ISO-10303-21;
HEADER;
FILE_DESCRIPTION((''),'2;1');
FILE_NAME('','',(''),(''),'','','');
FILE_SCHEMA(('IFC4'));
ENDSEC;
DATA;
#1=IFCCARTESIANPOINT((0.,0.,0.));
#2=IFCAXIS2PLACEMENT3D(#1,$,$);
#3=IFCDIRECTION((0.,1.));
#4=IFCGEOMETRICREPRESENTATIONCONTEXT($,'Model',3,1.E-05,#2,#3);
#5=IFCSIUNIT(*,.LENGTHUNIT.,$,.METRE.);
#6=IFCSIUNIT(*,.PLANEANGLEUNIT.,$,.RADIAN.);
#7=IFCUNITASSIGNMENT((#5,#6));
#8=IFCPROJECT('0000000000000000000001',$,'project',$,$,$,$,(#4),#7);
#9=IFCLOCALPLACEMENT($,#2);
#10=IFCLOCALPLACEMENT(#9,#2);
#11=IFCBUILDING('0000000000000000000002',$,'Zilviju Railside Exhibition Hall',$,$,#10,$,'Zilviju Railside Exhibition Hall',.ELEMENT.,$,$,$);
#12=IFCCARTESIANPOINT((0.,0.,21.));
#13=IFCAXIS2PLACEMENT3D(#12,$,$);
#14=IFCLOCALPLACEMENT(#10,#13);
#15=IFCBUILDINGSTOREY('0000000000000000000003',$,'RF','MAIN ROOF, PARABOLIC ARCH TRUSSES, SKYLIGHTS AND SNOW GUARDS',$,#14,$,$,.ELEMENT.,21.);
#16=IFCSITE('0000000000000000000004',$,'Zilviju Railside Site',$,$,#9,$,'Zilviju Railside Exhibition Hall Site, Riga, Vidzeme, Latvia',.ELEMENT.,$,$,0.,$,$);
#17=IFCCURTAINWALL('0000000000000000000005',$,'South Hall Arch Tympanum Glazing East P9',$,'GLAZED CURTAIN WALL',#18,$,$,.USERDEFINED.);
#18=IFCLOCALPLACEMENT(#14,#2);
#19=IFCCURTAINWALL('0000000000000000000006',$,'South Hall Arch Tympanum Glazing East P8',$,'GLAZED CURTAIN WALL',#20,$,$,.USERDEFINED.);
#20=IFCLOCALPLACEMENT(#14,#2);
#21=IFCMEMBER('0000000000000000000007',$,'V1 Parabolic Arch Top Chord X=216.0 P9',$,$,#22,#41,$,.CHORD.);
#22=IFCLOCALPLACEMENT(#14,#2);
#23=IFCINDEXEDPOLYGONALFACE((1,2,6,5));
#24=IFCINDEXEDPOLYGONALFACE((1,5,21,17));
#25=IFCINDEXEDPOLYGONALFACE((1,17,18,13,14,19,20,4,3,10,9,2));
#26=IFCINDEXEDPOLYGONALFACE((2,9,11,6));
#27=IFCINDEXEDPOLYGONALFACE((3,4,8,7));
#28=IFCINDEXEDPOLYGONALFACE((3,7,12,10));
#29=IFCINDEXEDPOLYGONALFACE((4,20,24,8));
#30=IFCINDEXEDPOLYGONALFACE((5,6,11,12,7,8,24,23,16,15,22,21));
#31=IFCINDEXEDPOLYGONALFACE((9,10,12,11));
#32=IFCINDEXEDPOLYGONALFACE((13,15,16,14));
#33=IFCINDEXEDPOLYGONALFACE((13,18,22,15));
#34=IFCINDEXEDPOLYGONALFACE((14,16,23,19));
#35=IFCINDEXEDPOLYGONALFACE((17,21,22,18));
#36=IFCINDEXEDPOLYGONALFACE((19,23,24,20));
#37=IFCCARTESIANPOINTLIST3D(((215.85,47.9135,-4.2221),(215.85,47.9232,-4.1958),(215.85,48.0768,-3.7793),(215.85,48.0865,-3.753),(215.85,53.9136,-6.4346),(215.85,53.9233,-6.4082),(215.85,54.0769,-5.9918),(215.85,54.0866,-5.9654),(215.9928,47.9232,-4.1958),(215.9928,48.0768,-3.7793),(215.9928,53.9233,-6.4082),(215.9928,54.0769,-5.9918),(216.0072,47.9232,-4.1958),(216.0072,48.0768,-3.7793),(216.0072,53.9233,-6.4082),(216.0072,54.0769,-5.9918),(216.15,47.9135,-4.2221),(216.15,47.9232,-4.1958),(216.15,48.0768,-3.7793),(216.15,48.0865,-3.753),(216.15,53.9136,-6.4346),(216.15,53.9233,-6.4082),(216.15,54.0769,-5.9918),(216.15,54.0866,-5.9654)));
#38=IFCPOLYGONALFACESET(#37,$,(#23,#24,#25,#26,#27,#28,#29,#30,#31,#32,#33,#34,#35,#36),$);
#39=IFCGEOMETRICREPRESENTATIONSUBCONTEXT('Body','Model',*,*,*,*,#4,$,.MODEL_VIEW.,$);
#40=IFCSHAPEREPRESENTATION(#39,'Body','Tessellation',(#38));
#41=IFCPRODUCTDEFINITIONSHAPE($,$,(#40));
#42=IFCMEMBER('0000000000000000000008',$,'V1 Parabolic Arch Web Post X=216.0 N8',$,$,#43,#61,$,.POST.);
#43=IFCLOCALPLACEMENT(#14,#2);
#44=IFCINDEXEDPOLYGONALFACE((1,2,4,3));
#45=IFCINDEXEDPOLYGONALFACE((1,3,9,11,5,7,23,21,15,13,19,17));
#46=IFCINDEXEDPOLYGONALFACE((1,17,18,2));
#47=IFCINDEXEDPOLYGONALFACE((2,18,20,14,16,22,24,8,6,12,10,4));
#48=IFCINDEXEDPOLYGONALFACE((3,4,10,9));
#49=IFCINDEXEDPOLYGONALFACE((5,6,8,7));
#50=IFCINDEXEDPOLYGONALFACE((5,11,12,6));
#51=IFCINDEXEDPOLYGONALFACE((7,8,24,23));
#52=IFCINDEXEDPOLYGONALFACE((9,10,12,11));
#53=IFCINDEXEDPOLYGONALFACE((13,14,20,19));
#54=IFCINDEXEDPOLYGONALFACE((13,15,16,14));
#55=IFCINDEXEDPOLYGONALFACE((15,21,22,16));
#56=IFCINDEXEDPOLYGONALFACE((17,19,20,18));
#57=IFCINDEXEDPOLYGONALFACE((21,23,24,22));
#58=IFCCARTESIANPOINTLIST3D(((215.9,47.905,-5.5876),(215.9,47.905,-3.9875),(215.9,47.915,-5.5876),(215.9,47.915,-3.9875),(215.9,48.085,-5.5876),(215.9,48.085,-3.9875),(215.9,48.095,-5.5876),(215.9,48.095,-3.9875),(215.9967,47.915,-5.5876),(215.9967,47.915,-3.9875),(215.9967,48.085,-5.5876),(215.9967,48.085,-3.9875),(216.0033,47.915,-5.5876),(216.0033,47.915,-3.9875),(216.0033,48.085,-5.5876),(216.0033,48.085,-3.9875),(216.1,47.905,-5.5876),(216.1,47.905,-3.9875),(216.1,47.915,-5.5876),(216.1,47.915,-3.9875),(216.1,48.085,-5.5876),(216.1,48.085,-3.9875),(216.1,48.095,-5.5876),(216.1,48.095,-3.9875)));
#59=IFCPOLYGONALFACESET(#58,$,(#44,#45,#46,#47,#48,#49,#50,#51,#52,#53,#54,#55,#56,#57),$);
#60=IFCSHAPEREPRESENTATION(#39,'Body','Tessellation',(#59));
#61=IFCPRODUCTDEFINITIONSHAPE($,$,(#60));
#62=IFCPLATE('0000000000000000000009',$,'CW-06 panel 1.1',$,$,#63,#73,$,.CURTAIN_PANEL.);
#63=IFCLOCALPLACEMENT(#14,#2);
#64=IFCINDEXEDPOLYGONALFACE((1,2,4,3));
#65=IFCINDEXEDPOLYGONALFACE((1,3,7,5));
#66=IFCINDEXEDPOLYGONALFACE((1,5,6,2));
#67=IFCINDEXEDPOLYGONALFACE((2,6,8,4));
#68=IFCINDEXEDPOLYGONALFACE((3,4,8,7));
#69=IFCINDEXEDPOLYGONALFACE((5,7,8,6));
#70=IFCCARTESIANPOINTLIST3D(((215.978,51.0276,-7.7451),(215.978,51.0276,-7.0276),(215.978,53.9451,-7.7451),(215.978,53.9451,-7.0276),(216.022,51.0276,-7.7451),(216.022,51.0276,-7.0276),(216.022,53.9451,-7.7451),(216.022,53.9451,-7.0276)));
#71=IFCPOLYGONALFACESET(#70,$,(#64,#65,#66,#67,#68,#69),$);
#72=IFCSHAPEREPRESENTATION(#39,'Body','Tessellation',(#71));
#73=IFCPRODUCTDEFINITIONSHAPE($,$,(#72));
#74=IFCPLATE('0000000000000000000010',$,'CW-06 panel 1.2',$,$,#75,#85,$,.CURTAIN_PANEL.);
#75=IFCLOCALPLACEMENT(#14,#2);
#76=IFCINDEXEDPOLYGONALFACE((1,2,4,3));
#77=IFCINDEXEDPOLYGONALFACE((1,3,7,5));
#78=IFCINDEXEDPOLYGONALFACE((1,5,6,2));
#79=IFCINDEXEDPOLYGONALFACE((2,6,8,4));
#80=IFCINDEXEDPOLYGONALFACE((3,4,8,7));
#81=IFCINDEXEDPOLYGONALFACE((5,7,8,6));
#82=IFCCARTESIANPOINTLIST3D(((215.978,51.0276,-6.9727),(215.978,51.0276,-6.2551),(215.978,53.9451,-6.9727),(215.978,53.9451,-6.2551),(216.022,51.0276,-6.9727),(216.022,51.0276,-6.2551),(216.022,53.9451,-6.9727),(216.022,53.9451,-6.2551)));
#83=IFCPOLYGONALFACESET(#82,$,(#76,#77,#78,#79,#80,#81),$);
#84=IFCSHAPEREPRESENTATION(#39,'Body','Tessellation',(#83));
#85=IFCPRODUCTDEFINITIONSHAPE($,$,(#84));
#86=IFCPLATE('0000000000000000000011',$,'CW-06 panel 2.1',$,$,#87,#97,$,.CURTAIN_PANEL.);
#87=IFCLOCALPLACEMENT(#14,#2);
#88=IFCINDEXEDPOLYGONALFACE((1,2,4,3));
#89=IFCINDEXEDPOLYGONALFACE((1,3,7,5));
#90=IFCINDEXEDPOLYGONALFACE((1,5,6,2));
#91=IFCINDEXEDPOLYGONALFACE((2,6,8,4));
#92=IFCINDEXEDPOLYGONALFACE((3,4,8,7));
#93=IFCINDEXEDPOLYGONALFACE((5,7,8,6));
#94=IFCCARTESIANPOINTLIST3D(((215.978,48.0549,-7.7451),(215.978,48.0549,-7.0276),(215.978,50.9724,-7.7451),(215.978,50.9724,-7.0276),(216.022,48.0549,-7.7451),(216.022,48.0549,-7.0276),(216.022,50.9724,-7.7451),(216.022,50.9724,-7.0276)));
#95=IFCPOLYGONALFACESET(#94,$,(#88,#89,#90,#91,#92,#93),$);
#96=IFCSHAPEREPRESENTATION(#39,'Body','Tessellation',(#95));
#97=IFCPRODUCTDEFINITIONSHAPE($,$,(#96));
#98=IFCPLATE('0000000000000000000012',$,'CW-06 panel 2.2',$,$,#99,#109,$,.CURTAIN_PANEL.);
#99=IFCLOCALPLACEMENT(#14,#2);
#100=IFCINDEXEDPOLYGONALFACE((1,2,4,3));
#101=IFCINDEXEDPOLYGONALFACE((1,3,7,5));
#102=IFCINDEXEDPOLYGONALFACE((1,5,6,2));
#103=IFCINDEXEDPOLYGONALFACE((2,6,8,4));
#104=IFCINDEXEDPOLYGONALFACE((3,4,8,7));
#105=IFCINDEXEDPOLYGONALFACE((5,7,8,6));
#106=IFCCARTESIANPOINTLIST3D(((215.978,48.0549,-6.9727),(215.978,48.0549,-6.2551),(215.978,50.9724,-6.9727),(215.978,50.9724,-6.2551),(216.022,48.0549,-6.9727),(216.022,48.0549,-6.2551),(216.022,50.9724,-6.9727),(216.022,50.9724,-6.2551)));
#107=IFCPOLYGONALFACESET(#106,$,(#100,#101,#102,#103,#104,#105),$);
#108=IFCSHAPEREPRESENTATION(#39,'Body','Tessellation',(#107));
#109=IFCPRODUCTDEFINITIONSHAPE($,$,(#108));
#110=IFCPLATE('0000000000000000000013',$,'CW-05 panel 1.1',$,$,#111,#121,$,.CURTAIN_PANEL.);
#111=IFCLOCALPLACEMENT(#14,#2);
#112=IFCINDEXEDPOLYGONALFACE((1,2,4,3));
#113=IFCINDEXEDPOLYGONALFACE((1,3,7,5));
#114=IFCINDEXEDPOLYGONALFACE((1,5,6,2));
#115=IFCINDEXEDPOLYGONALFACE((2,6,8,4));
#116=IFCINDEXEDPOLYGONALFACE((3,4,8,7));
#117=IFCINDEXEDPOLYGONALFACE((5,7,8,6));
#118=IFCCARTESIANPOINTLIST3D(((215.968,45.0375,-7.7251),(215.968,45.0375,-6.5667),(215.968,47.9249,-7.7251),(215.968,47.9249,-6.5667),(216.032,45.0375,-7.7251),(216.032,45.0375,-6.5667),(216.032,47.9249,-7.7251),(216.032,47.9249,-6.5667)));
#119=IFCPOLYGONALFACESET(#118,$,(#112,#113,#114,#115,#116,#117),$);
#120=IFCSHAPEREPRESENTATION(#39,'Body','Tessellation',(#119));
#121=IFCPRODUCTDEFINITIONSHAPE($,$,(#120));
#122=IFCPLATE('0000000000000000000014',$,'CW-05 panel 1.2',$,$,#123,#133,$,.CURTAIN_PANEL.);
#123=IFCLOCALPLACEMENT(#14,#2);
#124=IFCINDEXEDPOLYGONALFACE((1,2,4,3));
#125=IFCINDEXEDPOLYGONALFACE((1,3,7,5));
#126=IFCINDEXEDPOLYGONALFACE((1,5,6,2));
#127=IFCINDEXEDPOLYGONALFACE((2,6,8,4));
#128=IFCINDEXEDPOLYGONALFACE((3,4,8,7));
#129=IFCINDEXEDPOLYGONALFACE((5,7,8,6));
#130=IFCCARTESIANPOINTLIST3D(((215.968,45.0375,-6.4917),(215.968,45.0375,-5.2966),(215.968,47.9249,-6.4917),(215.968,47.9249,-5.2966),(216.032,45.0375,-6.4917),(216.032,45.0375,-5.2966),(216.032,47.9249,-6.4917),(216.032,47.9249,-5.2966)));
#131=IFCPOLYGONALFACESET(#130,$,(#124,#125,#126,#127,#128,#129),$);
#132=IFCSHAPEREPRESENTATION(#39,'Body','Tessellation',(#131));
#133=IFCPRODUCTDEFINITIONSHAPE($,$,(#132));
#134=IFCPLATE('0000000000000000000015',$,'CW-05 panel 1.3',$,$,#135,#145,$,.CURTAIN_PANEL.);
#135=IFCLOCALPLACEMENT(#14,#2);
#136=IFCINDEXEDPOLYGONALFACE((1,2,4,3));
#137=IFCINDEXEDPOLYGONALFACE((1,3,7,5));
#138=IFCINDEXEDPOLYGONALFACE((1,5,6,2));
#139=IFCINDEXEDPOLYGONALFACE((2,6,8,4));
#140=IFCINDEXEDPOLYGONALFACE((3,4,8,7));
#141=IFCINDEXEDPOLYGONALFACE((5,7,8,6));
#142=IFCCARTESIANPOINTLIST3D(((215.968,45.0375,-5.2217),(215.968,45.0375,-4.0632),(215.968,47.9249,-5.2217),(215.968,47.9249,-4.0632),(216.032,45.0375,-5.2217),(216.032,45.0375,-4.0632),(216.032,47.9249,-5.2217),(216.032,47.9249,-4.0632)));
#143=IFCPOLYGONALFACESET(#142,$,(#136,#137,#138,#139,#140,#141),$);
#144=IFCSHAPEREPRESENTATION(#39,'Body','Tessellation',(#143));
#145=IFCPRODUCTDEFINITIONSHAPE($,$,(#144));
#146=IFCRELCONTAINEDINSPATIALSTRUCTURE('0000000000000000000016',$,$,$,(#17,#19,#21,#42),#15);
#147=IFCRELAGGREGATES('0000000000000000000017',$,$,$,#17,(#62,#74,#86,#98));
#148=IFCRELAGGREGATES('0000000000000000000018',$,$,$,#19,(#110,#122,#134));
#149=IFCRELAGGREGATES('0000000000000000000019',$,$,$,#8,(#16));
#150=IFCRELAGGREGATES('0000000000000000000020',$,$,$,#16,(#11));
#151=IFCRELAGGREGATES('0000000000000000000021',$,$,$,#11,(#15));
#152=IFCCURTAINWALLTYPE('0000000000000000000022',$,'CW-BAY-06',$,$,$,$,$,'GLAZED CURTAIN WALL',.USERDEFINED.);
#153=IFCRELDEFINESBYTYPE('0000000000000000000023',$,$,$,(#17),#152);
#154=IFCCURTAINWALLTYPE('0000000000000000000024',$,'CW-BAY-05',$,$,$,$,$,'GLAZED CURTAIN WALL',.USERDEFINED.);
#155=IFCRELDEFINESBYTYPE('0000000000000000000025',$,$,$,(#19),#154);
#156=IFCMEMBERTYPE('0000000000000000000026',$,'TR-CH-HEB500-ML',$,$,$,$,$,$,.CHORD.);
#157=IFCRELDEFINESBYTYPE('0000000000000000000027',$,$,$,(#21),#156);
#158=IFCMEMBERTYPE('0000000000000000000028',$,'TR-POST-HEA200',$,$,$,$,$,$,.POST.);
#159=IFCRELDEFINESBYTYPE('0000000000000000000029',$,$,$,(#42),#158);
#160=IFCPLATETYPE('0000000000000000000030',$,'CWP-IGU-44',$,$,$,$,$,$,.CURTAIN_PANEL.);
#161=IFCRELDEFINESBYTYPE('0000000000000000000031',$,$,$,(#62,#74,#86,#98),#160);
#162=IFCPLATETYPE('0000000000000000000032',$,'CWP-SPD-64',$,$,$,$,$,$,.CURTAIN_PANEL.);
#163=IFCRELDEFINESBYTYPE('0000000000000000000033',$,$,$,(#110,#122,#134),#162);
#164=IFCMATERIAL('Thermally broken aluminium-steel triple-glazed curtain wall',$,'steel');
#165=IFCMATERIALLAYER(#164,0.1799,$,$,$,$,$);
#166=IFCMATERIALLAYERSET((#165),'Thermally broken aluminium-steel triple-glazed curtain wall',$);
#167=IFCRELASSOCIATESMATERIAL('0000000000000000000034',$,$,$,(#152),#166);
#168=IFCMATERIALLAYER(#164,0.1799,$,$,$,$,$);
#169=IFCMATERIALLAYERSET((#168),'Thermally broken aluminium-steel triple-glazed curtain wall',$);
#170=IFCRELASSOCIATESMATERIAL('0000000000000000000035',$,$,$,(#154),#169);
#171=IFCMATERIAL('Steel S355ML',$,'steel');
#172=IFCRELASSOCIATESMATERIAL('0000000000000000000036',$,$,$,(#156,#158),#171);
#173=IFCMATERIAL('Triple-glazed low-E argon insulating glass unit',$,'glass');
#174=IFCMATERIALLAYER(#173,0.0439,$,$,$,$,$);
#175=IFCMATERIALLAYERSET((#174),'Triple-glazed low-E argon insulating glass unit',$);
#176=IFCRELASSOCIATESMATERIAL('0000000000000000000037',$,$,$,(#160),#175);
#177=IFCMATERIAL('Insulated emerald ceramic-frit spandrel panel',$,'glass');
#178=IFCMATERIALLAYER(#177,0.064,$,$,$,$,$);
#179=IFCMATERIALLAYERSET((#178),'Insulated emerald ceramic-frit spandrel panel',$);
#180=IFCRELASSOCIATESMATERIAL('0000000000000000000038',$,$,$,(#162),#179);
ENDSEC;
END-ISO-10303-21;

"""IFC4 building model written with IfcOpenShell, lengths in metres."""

from ifc_helpers import new_model, si_unit, direction, frame, origin, origin_2d, place, context, subcontext, project, spatial, rectangle, i_section, extrude, material, layer, layer_set, material_profile, profile_set, type_object, element, aggregate, save


model = new_model("IFC4")

# Units and contexts
model_context = context("Model", 3, precision=1e-05, world=origin(), true_north=direction((0.0, 1.0)))
body_context = subcontext(model_context, "Body", "Model", "MODEL_VIEW")
ifc_project = project(units=[si_unit("LENGTHUNIT", "METRE"), si_unit("PLANEANGLEUNIT", "RADIAN")], contexts=[model_context])

# Site, building, storey
site_placement = place(None, origin())
site = spatial("IfcSite", under=ifc_project, at=site_placement, Name="Zilviju Railside Site", LongName="Zilviju Railside Exhibition Hall Site, Riga, Vidzeme, Latvia", CompositionType="ELEMENT", RefElevation=0.0)
building_placement = place(site_placement, origin())
building = spatial("IfcBuilding", under=site, at=building_placement, Name="Zilviju Railside Exhibition Hall", LongName="Zilviju Railside Exhibition Hall", CompositionType="ELEMENT")
storey_placement = place(building_placement, frame((0.0, 0.0, 21.0)))
storey = spatial("IfcBuildingStorey", under=building, at=storey_placement, Name="RF", Description="MAIN ROOF, PARABOLIC ARCH TRUSSES, SKYLIGHTS AND SNOW GUARDS", CompositionType="ELEMENT", Elevation=21.0)

# Curtain walls
ifc_material_1 = material(Name="Thermally broken aluminium-steel triple-glazed curtain wall", Category="steel")
ifc_layer_1 = layer(ifc_material_1, 0.1799)
ifc_layer_set_1 = layer_set([ifc_layer_1], Name="Thermally broken aluminium-steel triple-glazed curtain wall")
curtain_wall_type_1 = type_object("IfcCurtainWallType", Name="CW-BAY-06", ElementType="GLAZED CURTAIN WALL", PredefinedType="USERDEFINED", material=ifc_layer_set_1)
curtain_wall_1_placement = place(storey_placement, origin())
curtain_wall_1 = element("IfcCurtainWall", 1, at=curtain_wall_1_placement, inside=storey, type_object=curtain_wall_type_1, Name="South Hall Arch Tympanum Glazing East P9", ObjectType="GLAZED CURTAIN WALL", PredefinedType="USERDEFINED")
ifc_layer_2 = layer(ifc_material_1, 0.1799)
ifc_layer_set_2 = layer_set([ifc_layer_2], Name="Thermally broken aluminium-steel triple-glazed curtain wall")
curtain_wall_type_2 = type_object("IfcCurtainWallType", Name="CW-BAY-05", ElementType="GLAZED CURTAIN WALL", PredefinedType="USERDEFINED", material=ifc_layer_set_2)
curtain_wall_2_placement = place(storey_placement, origin())
curtain_wall_2 = element("IfcCurtainWall", 2, at=curtain_wall_2_placement, inside=storey, type_object=curtain_wall_type_2, Name="South Hall Arch Tympanum Glazing East P8", ObjectType="GLAZED CURTAIN WALL", PredefinedType="USERDEFINED")

# Members
ifc_material_2 = material(Name="Steel S355ML", Category="steel")
ifc_material_profile_1 = material_profile(ifc_material_2, i_section(OverallWidth=0.3, OverallDepth=0.5, WebThickness=0.0144, FlangeThickness=0.0281, at=origin_2d()), Name="HEB 500")
ifc_profile_set_1 = profile_set([ifc_material_profile_1], Name="Steel S355ML")
member_type_1 = type_object("IfcMemberType", Name="TR-CH-HEB500-ML", PredefinedType="CHORD", material=ifc_profile_set_1)
member_1_placement = place(storey_placement, frame((216.0, 48.0, -3.9875), z_axis=(0.0, 0.938248, -0.345964), x_axis=(-1.0, 0.0, 0.0)))
element("IfcMember", 3, at=member_1_placement, inside=storey, type_object=member_type_1, Name="V1 Parabolic Arch Top Chord X=216.0 P9", PredefinedType="CHORD", context=body_context, shape_type="SweptSolid", body=[
    extrude(i_section(OverallWidth=0.3, OverallDepth=0.5, WebThickness=0.0144, FlangeThickness=0.0281, at=origin_2d()), origin(), (0.0, 0.0, 1.0), 6.395),
])
ifc_material_profile_2 = material_profile(ifc_material_2, i_section(OverallWidth=0.2, OverallDepth=0.1899, WebThickness=0.0066, FlangeThickness=0.01, at=origin_2d()), Name="HEA 200")
ifc_profile_set_2 = profile_set([ifc_material_profile_2], Name="Steel S355ML")
member_type_2 = type_object("IfcMemberType", Name="TR-POST-HEA200", PredefinedType="POST", material=ifc_profile_set_2)
member_2_placement = place(storey_placement, frame((216.0, 48.0, -5.5876), z_axis=(0.0, 0.0, 1.0), x_axis=(1.0, 0.0, 0.0)))
element("IfcMember", 4, at=member_2_placement, inside=storey, type_object=member_type_2, Name="V1 Parabolic Arch Web Post X=216.0 N8", PredefinedType="POST", context=body_context, shape_type="SweptSolid", body=[
    extrude(i_section(OverallWidth=0.2, OverallDepth=0.1899, WebThickness=0.0066, FlangeThickness=0.01, at=origin_2d()), origin(), (0.0, 0.0, 1.0), 1.6001),
])

# Plates
ifc_material_3 = material(Name="Triple-glazed low-E argon insulating glass unit", Category="glass")
ifc_layer_3 = layer(ifc_material_3, 0.0439)
ifc_layer_set_3 = layer_set([ifc_layer_3], Name="Triple-glazed low-E argon insulating glass unit")
plate_type_1 = type_object("IfcPlateType", Name="CWP-IGU-44", PredefinedType="CURTAIN_PANEL", material=ifc_layer_set_3)
plate_1_placement = place(storey_placement, frame((216.0, 52.4863, -7.7451), z_axis=(0.0, 0.0, 1.0), x_axis=(0.0, -1.0, 0.0)))
plate_1 = element("IfcPlate", 5, at=plate_1_placement, type_object=plate_type_1, Name="CW-06 panel 1.1", PredefinedType="CURTAIN_PANEL", context=body_context, shape_type="SweptSolid", body=[
    extrude(rectangle(XDim=2.9175, YDim=0.0439, at=origin_2d()), origin(), (0.0, 0.0, 1.0), 0.7175),
])
plate_2_placement = place(storey_placement, frame((216.0, 52.4863, -6.9727), z_axis=(0.0, 0.0, 1.0), x_axis=(0.0, -1.0, 0.0)))
plate_2 = element("IfcPlate", 6, at=plate_2_placement, type_object=plate_type_1, Name="CW-06 panel 1.2", PredefinedType="CURTAIN_PANEL", context=body_context, shape_type="SweptSolid", body=[
    extrude(rectangle(XDim=2.9175, YDim=0.0439, at=origin_2d()), origin(), (0.0, 0.0, 1.0), 0.7175),
])
plate_3_placement = place(storey_placement, frame((216.0, 49.5137, -7.7451), z_axis=(0.0, 0.0, 1.0), x_axis=(0.0, -1.0, 0.0)))
plate_3 = element("IfcPlate", 7, at=plate_3_placement, type_object=plate_type_1, Name="CW-06 panel 2.1", PredefinedType="CURTAIN_PANEL", context=body_context, shape_type="SweptSolid", body=[
    extrude(rectangle(XDim=2.9175, YDim=0.0439, at=origin_2d()), origin(), (0.0, 0.0, 1.0), 0.7175),
])
plate_4_placement = place(storey_placement, frame((216.0, 49.5137, -6.9727), z_axis=(0.0, 0.0, 1.0), x_axis=(0.0, -1.0, 0.0)))
plate_4 = element("IfcPlate", 8, at=plate_4_placement, type_object=plate_type_1, Name="CW-06 panel 2.2", PredefinedType="CURTAIN_PANEL", context=body_context, shape_type="SweptSolid", body=[
    extrude(rectangle(XDim=2.9175, YDim=0.0439, at=origin_2d()), origin(), (0.0, 0.0, 1.0), 0.7175),
])
aggregate(curtain_wall_1, [plate_1, plate_2, plate_3, plate_4])
ifc_material_4 = material(Name="Insulated emerald ceramic-frit spandrel panel", Category="glass")
ifc_layer_4 = layer(ifc_material_4, 0.064)
ifc_layer_set_4 = layer_set([ifc_layer_4], Name="Insulated emerald ceramic-frit spandrel panel")
plate_type_2 = type_object("IfcPlateType", Name="CWP-SPD-64", PredefinedType="CURTAIN_PANEL", material=ifc_layer_set_4)
plate_5_placement = place(storey_placement, frame((216.0, 46.4812, -7.7251), z_axis=(0.0, 0.0, 1.0), x_axis=(0.0, -1.0, 0.0)))
plate_5 = element("IfcPlate", 9, at=plate_5_placement, type_object=plate_type_2, Name="CW-05 panel 1.1", PredefinedType="CURTAIN_PANEL", context=body_context, shape_type="SweptSolid", body=[
    extrude(rectangle(XDim=2.8875, YDim=0.064, at=origin_2d()), origin(), (0.0, 0.0, 1.0), 1.1584),
])
plate_6_placement = place(storey_placement, frame((216.0, 46.4812, -6.4917), z_axis=(0.0, 0.0, 1.0), x_axis=(0.0, -1.0, 0.0)))
plate_6 = element("IfcPlate", 10, at=plate_6_placement, type_object=plate_type_2, Name="CW-05 panel 1.2", PredefinedType="CURTAIN_PANEL", context=body_context, shape_type="SweptSolid", body=[
    extrude(rectangle(XDim=2.8875, YDim=0.064, at=origin_2d()), origin(), (0.0, 0.0, 1.0), 1.1951),
])
plate_7_placement = place(storey_placement, frame((216.0, 46.4812, -5.2217), z_axis=(0.0, 0.0, 1.0), x_axis=(0.0, -1.0, 0.0)))
plate_7 = element("IfcPlate", 11, at=plate_7_placement, type_object=plate_type_2, Name="CW-05 panel 1.3", PredefinedType="CURTAIN_PANEL", context=body_context, shape_type="SweptSolid", body=[
    extrude(rectangle(XDim=2.8875, YDim=0.064, at=origin_2d()), origin(), (0.0, 0.0, 1.0), 1.1584),
])
aggregate(curtain_wall_2, [plate_5, plate_6, plate_7])

save(model, "model.ifc")
